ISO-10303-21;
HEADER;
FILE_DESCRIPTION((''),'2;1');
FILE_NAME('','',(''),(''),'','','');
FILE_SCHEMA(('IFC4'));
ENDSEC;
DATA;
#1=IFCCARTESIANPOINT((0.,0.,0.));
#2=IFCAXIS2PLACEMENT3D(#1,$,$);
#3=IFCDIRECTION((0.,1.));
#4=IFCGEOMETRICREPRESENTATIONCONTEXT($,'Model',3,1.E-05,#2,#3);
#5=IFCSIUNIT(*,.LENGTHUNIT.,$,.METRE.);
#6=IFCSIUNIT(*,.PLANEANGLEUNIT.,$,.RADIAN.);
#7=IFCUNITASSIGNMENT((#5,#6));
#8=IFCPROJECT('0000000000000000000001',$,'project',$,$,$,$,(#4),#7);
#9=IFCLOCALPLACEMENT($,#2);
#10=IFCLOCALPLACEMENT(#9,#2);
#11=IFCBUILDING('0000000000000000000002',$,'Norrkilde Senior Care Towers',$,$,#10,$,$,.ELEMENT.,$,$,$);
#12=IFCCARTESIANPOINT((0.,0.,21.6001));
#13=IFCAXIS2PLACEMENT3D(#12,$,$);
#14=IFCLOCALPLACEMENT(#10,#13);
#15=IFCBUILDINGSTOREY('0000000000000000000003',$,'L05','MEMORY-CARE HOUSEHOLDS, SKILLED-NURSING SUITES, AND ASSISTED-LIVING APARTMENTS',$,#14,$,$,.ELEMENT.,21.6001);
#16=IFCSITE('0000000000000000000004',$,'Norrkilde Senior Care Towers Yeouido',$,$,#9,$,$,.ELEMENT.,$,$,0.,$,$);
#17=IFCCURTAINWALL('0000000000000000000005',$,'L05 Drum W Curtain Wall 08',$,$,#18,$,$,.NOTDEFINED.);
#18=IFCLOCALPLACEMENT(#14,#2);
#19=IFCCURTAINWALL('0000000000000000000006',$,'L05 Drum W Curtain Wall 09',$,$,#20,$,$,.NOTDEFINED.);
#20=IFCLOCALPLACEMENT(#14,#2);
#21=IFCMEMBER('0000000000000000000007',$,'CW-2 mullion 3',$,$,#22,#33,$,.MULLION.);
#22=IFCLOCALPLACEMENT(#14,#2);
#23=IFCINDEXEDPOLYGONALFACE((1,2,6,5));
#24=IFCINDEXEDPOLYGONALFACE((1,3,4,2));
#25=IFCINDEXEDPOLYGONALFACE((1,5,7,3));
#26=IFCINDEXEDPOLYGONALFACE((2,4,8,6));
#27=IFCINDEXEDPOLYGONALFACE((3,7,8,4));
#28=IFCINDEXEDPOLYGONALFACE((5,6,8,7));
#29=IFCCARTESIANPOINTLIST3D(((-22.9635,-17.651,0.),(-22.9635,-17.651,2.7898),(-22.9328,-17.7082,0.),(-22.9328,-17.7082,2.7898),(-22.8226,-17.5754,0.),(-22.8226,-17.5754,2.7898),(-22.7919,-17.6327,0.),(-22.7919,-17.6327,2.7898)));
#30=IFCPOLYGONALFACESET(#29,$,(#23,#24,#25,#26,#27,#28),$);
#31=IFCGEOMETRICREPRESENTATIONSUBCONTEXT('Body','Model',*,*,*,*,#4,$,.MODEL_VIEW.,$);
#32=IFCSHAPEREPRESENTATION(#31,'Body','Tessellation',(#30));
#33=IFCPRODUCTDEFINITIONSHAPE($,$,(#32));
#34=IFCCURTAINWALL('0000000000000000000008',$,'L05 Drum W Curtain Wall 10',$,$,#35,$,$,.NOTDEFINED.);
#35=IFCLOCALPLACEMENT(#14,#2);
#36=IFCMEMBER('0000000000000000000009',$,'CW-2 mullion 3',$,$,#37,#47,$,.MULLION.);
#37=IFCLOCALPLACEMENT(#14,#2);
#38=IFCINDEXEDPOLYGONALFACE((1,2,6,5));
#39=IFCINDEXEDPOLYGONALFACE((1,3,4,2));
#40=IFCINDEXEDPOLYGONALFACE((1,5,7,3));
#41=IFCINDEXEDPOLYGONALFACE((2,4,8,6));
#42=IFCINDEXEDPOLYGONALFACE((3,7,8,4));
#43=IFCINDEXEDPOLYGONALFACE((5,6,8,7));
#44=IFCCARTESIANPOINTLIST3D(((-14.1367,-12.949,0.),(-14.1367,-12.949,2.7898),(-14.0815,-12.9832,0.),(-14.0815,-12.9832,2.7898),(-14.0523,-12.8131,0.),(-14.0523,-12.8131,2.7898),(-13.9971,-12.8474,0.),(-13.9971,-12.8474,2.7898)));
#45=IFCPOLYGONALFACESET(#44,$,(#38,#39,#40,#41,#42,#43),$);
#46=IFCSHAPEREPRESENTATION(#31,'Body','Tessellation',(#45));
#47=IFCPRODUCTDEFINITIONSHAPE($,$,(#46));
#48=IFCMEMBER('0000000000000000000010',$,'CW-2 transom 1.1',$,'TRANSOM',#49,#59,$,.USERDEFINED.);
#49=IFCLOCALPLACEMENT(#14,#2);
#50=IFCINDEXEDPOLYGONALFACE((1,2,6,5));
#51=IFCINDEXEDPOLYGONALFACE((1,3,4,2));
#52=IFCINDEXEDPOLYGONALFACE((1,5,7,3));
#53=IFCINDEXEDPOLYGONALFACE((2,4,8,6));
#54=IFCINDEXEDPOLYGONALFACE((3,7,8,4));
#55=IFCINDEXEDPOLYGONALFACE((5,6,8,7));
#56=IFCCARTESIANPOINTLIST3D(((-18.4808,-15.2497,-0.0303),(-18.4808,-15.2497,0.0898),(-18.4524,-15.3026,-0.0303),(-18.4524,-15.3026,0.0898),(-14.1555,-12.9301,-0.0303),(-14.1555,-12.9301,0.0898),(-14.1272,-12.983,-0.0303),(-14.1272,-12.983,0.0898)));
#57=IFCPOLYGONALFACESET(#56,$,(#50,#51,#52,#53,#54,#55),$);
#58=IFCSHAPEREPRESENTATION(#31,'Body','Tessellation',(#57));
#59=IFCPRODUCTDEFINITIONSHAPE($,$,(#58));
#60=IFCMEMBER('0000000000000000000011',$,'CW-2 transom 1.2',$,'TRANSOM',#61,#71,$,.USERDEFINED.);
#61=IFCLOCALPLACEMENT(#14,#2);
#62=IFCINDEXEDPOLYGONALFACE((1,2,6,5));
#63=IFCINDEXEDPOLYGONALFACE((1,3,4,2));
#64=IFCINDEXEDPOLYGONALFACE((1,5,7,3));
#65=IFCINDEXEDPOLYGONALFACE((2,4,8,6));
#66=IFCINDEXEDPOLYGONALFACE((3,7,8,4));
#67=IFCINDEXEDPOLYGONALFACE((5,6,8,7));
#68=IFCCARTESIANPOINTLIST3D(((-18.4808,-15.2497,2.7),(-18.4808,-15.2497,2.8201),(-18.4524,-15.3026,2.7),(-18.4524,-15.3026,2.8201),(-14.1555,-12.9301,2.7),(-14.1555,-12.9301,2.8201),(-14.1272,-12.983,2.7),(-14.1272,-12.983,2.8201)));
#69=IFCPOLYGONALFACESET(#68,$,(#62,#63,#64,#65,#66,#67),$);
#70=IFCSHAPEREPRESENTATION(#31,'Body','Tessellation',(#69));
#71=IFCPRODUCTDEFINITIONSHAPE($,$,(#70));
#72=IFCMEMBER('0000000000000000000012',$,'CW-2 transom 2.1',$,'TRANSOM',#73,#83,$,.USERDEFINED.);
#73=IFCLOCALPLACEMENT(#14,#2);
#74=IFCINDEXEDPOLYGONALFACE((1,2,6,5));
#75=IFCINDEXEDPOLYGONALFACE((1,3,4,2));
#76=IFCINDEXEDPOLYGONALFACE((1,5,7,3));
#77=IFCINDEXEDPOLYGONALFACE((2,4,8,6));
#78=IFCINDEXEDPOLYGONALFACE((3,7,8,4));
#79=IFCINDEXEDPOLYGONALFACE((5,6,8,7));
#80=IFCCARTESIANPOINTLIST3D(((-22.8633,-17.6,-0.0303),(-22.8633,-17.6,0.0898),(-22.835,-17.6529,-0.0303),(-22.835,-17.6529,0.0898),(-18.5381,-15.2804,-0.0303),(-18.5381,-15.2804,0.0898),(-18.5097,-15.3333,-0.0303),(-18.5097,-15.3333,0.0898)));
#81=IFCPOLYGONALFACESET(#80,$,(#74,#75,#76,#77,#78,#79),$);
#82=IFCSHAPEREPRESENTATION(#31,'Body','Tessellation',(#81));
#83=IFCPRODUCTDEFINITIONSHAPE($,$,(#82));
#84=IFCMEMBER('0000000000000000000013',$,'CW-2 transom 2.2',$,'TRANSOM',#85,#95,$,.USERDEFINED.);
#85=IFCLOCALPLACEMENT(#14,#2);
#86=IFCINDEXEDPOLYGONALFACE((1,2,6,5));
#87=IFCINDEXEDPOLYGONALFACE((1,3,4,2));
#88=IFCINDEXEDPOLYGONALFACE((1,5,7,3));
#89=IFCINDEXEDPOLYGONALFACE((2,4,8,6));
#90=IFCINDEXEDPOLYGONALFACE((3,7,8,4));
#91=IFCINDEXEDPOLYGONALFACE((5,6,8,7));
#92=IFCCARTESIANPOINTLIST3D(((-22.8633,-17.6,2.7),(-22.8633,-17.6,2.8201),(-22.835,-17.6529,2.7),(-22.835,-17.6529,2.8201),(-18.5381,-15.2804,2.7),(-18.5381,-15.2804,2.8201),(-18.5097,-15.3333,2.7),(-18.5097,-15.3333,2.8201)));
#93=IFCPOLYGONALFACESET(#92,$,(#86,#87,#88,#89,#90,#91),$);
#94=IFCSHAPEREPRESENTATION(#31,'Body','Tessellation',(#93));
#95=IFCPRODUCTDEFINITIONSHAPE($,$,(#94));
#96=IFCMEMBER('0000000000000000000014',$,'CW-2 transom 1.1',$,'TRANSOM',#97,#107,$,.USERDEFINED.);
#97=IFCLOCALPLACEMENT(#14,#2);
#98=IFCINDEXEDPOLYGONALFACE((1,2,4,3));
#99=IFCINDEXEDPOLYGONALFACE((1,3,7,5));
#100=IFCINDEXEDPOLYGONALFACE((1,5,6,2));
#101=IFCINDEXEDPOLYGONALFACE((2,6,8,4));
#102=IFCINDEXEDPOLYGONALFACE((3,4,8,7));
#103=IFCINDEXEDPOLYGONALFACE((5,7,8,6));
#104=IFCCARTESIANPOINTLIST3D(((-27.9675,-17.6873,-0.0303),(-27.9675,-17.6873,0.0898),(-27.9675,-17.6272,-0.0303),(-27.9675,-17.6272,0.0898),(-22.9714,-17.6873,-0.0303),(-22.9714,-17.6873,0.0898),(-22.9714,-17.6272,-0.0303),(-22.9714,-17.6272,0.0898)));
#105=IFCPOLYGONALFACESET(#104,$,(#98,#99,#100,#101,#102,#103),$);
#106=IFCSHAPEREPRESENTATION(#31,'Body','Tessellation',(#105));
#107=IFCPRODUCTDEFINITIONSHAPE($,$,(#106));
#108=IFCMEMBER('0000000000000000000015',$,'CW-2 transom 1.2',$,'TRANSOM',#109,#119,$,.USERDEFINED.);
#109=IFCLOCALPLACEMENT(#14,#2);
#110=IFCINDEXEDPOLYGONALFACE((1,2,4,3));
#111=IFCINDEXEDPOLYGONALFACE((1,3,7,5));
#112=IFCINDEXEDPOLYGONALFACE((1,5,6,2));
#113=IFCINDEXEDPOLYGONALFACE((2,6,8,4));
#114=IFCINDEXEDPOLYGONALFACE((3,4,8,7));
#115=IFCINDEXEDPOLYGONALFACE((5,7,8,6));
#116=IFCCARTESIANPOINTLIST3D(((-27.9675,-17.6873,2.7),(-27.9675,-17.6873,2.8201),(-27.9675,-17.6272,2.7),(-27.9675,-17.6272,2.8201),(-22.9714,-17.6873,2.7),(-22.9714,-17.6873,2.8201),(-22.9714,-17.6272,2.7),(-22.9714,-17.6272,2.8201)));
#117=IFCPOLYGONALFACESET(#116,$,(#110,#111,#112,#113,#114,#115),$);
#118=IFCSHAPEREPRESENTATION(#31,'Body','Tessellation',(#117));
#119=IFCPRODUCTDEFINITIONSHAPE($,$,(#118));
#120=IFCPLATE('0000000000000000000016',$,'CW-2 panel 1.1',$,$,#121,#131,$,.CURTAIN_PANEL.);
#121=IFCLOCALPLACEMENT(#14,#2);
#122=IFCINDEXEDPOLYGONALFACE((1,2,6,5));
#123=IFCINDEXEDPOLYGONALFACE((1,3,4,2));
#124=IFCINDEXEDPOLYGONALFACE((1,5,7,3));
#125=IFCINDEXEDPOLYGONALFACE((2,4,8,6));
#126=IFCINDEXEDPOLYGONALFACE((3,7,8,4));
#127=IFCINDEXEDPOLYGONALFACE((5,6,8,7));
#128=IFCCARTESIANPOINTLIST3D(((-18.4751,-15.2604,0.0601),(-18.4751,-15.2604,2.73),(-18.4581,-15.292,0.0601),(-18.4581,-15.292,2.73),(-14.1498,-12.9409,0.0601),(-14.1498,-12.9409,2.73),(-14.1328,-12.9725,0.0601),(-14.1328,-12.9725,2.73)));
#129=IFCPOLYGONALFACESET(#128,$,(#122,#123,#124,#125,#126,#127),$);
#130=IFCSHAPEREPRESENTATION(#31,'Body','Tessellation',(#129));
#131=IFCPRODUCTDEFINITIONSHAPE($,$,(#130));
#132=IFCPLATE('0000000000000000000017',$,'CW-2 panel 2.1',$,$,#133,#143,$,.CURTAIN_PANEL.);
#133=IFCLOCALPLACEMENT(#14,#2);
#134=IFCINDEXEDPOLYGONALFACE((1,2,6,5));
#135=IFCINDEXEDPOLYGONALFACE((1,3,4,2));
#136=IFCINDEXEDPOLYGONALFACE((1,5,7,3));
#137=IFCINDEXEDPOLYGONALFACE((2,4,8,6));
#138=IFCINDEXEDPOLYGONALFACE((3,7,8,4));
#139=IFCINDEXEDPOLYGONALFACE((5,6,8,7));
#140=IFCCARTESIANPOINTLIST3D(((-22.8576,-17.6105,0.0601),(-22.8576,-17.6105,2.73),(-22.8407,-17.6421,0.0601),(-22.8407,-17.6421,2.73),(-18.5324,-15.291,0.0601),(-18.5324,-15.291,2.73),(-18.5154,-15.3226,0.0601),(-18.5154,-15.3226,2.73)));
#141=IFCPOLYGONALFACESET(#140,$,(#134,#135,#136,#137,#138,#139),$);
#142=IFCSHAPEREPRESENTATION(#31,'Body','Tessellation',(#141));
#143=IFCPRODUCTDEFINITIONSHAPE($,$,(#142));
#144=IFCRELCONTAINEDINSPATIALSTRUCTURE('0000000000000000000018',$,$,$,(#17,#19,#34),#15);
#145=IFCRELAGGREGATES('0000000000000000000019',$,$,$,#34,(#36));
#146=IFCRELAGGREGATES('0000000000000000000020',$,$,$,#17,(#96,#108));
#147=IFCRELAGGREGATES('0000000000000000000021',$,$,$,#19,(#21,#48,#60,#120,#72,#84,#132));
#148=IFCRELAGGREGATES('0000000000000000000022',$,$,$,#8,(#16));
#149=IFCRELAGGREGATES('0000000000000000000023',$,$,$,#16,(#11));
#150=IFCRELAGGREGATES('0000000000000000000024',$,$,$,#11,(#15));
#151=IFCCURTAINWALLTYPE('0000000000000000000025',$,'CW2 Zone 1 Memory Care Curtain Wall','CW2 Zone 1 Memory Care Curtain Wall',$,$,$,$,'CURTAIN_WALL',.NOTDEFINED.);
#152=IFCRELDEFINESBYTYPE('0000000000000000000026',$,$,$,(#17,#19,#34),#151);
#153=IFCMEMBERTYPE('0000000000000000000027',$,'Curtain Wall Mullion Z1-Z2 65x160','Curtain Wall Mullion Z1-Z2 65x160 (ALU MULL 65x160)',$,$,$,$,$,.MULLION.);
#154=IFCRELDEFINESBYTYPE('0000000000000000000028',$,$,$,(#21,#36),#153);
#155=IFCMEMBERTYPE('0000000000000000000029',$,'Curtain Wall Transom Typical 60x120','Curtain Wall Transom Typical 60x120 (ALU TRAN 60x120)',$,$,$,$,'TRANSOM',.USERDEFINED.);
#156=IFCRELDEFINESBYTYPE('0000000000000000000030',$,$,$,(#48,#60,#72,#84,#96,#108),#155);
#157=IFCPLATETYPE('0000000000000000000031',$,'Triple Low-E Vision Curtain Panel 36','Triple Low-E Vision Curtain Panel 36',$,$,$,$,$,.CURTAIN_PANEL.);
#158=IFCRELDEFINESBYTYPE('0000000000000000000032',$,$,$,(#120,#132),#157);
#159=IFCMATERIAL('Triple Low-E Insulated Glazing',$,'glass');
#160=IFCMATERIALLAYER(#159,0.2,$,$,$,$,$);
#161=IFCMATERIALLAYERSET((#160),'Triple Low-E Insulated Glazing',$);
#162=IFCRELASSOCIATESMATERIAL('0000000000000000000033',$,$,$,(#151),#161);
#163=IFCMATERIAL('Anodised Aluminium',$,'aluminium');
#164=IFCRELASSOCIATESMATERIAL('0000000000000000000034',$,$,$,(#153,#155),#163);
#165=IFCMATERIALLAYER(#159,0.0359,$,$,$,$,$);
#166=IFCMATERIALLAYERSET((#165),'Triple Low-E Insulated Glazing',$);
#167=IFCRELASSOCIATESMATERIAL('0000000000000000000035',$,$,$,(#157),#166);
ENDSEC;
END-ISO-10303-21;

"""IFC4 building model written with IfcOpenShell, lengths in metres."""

from ifc_helpers import new_model, si_unit, direction, frame, origin, origin_2d, place, context, subcontext, project, spatial, rectangle, extrude, source, transform, mapped, material, layer, layer_set, material_profile, profile_set, type_object, type_shapes, element, aggregate, save


model = new_model("IFC4")

# Units and contexts
model_context = context("Model", 3, precision=1e-05, world=origin(), true_north=direction((0.0, 1.0)))
body_context = subcontext(model_context, "Body", "Model", "MODEL_VIEW")
ifc_project = project(units=[si_unit("LENGTHUNIT", "METRE"), si_unit("PLANEANGLEUNIT", "RADIAN")], contexts=[model_context])

# Site, building, storey
site_placement = place(None, origin())
site = spatial("IfcSite", under=ifc_project, at=site_placement, Name="Norrkilde Senior Care Towers Yeouido", CompositionType="ELEMENT", RefElevation=0.0)
building_placement = place(site_placement, origin())
building = spatial("IfcBuilding", under=site, at=building_placement, Name="Norrkilde Senior Care Towers", CompositionType="ELEMENT")
storey_placement = place(building_placement, frame((0.0, 0.0, 21.6001)))
storey = spatial("IfcBuildingStorey", under=building, at=storey_placement, Name="L05", Description="MEMORY-CARE HOUSEHOLDS, SKILLED-NURSING SUITES, AND ASSISTED-LIVING APARTMENTS", CompositionType="ELEMENT", Elevation=21.6001)

# Curtain wall
ifc_material_1 = material(Name="Triple Low-E Insulated Glazing", Category="glass")
ifc_layer_1 = layer(ifc_material_1, 0.2)
ifc_layer_set_1 = layer_set([ifc_layer_1], Name="Triple Low-E Insulated Glazing")
curtain_wall_type = type_object("IfcCurtainWallType", Name="CW2 Zone 1 Memory Care Curtain Wall", Description="CW2 Zone 1 Memory Care Curtain Wall", ElementType="CURTAIN_WALL", PredefinedType="NOTDEFINED", material=ifc_layer_set_1)
curtain_wall_1_placement = place(storey_placement, origin())
curtain_wall_1 = element("IfcCurtainWall", 1, at=curtain_wall_1_placement, inside=storey, type_object=curtain_wall_type, Name="L05 Drum W Curtain Wall 08", PredefinedType="NOTDEFINED")
ifc_material_2 = material(Name="Anodised Aluminium", Category="aluminium")
ifc_material_profile_1 = material_profile(ifc_material_2, rectangle(XDim=0.0649, YDim=0.1599, at=origin_2d()), Name="ALU MULL 65x160")
ifc_profile_set_1 = profile_set([ifc_material_profile_1], Name="Anodised Aluminium")
member_type_1 = type_object("IfcMemberType", Name="Curtain Wall Mullion Z1-Z2 65x160", Description="Curtain Wall Mullion Z1-Z2 65x160 (ALU MULL 65x160)", PredefinedType="MULLION", material=ifc_profile_set_1)
shared_shape_1 = source(origin(), body_context, "Body", "SweptSolid", [
    extrude(rectangle(XDim=0.0649, YDim=0.1599, at=origin_2d()), origin(), (0.0, 0.0, 1.0), 2.7898),
])
type_shapes(member_type_1, [shared_shape_1])

# Curtain wall, member
curtain_wall_2_placement = place(storey_placement, origin())
curtain_wall_2 = element("IfcCurtainWall", 2, at=curtain_wall_2_placement, inside=storey, type_object=curtain_wall_type, Name="L05 Drum W Curtain Wall 09", PredefinedType="NOTDEFINED")
member_1_placement = place(storey_placement, frame((-22.8777, -17.6418, 0.0), z_axis=(0.0, 0.0, 1.0), x_axis=(0.472608, -0.881273, 0.0)))
member_1 = element("IfcMember", 3, at=member_1_placement, type_object=member_type_1, Name="CW-2 mullion 3", PredefinedType="MULLION", context=body_context, shape_type="MappedRepresentation", body=[
    mapped(shared_shape_1, transform((0.0, 0.0, 0.0), x_axis=(1.0, 0.0, 0.0), y_axis=(0.0, 1.0, 0.0), z_axis=(0.0, 0.0, 1.0), scale=1.0)),
])

# Curtain wall, member
curtain_wall_3_placement = place(storey_placement, origin())
curtain_wall_3 = element("IfcCurtainWall", 4, at=curtain_wall_3_placement, inside=storey, type_object=curtain_wall_type, Name="L05 Drum W Curtain Wall 10", PredefinedType="NOTDEFINED")
member_2_placement = place(storey_placement, frame((-14.0669, -12.8982, 0.0), z_axis=(0.0, 0.0, 1.0), x_axis=(0.849306, -0.527901, 0.0)))
member_2 = element("IfcMember", 5, at=member_2_placement, type_object=member_type_1, Name="CW-2 mullion 3", PredefinedType="MULLION", context=body_context, shape_type="MappedRepresentation", body=[
    mapped(shared_shape_1, transform((0.0, 0.0, 0.0), x_axis=(1.0, 0.0, 0.0), y_axis=(0.0, 1.0, 0.0), z_axis=(0.0, 0.0, 1.0), scale=1.0)),
])
aggregate(curtain_wall_3, [member_2])

# Members
ifc_material_profile_2 = material_profile(ifc_material_2, rectangle(XDim=0.0601, YDim=0.1201, at=origin_2d()), Name="ALU TRAN 60x120")
ifc_profile_set_2 = profile_set([ifc_material_profile_2], Name="Anodised Aluminium")
member_type_2 = type_object("IfcMemberType", Name="Curtain Wall Transom Typical 60x120", Description="Curtain Wall Transom Typical 60x120 (ALU TRAN 60x120)", ElementType="TRANSOM", PredefinedType="USERDEFINED", material=ifc_profile_set_2)
shared_shape_2 = source(origin(), body_context, "Body", "SweptSolid", [
    extrude(rectangle(XDim=0.0601, YDim=0.1201, at=origin_2d()), origin(), (0.0, 0.0, 1.0), 4.908),
])
member_3_placement = place(storey_placement, frame((-14.1414, -12.9565, 0.0298), z_axis=(-0.881267, -0.472619, 0.0), x_axis=(0.472619, -0.881267, 0.0)))
member_3 = element("IfcMember", 6, at=member_3_placement, type_object=member_type_2, Name="CW-2 transom 1.1", ObjectType="TRANSOM", PredefinedType="USERDEFINED", context=body_context, shape_type="MappedRepresentation", body=[
    mapped(shared_shape_2, transform((0.0, 0.0, 0.0), x_axis=(1.0, 0.0, 0.0), y_axis=(0.0, 1.0, 0.0), z_axis=(0.0, 0.0, 1.0), scale=1.0)),
])
member_4_placement = place(storey_placement, frame((-14.1414, -12.9565, 2.76), z_axis=(-0.881267, -0.472619, 0.0), x_axis=(0.472619, -0.881267, 0.0)))
member_4 = element("IfcMember", 7, at=member_4_placement, type_object=member_type_2, Name="CW-2 transom 1.2", ObjectType="TRANSOM", PredefinedType="USERDEFINED", context=body_context, shape_type="MappedRepresentation", body=[
    mapped(shared_shape_2, transform((0.0, 0.0, 0.0), x_axis=(1.0, 0.0, 0.0), y_axis=(0.0, 1.0, 0.0), z_axis=(0.0, 0.0, 1.0), scale=1.0)),
])
member_5_placement = place(storey_placement, frame((-18.5239, -15.3069, 0.0298), z_axis=(-0.881267, -0.472619, 0.0), x_axis=(0.472619, -0.881267, 0.0)))
member_5 = element("IfcMember", 8, at=member_5_placement, type_object=member_type_2, Name="CW-2 transom 2.1", ObjectType="TRANSOM", PredefinedType="USERDEFINED", context=body_context, shape_type="MappedRepresentation", body=[
    mapped(shared_shape_2, transform((0.0, 0.0, 0.0), x_axis=(1.0, 0.0, 0.0), y_axis=(0.0, 1.0, 0.0), z_axis=(0.0, 0.0, 1.0), scale=1.0)),
])
member_6_placement = place(storey_placement, frame((-18.5239, -15.3069, 2.76), z_axis=(-0.881267, -0.472619, 0.0), x_axis=(0.472619, -0.881267, 0.0)))
member_6 = element("IfcMember", 9, at=member_6_placement, type_object=member_type_2, Name="CW-2 transom 2.2", ObjectType="TRANSOM", PredefinedType="USERDEFINED", context=body_context, shape_type="MappedRepresentation", body=[
    mapped(shared_shape_2, transform((0.0, 0.0, 0.0), x_axis=(1.0, 0.0, 0.0), y_axis=(0.0, 1.0, 0.0), z_axis=(0.0, 0.0, 1.0), scale=1.0)),
])
shared_shape_3 = source(origin(), body_context, "Body", "SweptSolid", [
    extrude(rectangle(XDim=0.0601, YDim=0.1201, at=origin_2d()), origin(), (0.0, 0.0, 1.0), 4.9961),
])
type_shapes(member_type_2, [shared_shape_2, shared_shape_3])
member_7_placement = place(storey_placement, frame((-22.9714, -17.6572, 0.0298), z_axis=(-1.0, 0.0, 0.0), x_axis=(0.0, -1.0, 0.0)))
member_7 = element("IfcMember", 10, at=member_7_placement, type_object=member_type_2, Name="CW-2 transom 1.1", ObjectType="TRANSOM", PredefinedType="USERDEFINED", context=body_context, shape_type="MappedRepresentation", body=[
    mapped(shared_shape_3, transform((0.0, 0.0, 0.0), x_axis=(1.0, 0.0, 0.0), y_axis=(0.0, 1.0, 0.0), z_axis=(0.0, 0.0, 1.0), scale=1.0)),
])
member_8_placement = place(storey_placement, frame((-22.9714, -17.6572, 2.76), z_axis=(-1.0, 0.0, 0.0), x_axis=(0.0, -1.0, 0.0)))
member_8 = element("IfcMember", 11, at=member_8_placement, type_object=member_type_2, Name="CW-2 transom 1.2", ObjectType="TRANSOM", PredefinedType="USERDEFINED", context=body_context, shape_type="MappedRepresentation", body=[
    mapped(shared_shape_3, transform((0.0, 0.0, 0.0), x_axis=(1.0, 0.0, 0.0), y_axis=(0.0, 1.0, 0.0), z_axis=(0.0, 0.0, 1.0), scale=1.0)),
])
aggregate(curtain_wall_1, [member_7, member_8])

# Plates
ifc_layer_2 = layer(ifc_material_1, 0.0359)
ifc_layer_set_2 = layer_set([ifc_layer_2], Name="Triple Low-E Insulated Glazing")
plate_type = type_object("IfcPlateType", Name="Triple Low-E Vision Curtain Panel 36", Description="Triple Low-E Vision Curtain Panel 36", PredefinedType="CURTAIN_PANEL", material=ifc_layer_set_2)
shared_shape_4 = source(origin(), body_context, "Body", "SweptSolid", [
    extrude(rectangle(XDim=4.908, YDim=0.0359, at=origin_2d()), origin(), (0.0, 0.0, 1.0), 2.6699),
])
type_shapes(plate_type, [shared_shape_4])
plate_1_placement = place(storey_placement, frame((-16.304, -14.1165, 0.0601), z_axis=(0.0, 0.0, 1.0), x_axis=(-0.881273, -0.472608, 0.0)))
plate_1 = element("IfcPlate", 12, at=plate_1_placement, type_object=plate_type, Name="CW-2 panel 1.1", PredefinedType="CURTAIN_PANEL", context=body_context, shape_type="MappedRepresentation", body=[
    mapped(shared_shape_4, transform((0.0, 0.0, 0.0), x_axis=(1.0, 0.0, 0.0), y_axis=(0.0, 1.0, 0.0), z_axis=(0.0, 0.0, 1.0), scale=1.0)),
])
plate_2_placement = place(storey_placement, frame((-20.6865, -16.4666, 0.0601), z_axis=(0.0, 0.0, 1.0), x_axis=(-0.881273, -0.472608, 0.0)))
plate_2 = element("IfcPlate", 13, at=plate_2_placement, type_object=plate_type, Name="CW-2 panel 2.1", PredefinedType="CURTAIN_PANEL", context=body_context, shape_type="MappedRepresentation", body=[
    mapped(shared_shape_4, transform((0.0, 0.0, 0.0), x_axis=(1.0, 0.0, 0.0), y_axis=(0.0, 1.0, 0.0), z_axis=(0.0, 0.0, 1.0), scale=1.0)),
])
aggregate(curtain_wall_2, [member_1, member_3, member_4, plate_1, member_5, member_6, plate_2])

save(model, "model.ifc")
